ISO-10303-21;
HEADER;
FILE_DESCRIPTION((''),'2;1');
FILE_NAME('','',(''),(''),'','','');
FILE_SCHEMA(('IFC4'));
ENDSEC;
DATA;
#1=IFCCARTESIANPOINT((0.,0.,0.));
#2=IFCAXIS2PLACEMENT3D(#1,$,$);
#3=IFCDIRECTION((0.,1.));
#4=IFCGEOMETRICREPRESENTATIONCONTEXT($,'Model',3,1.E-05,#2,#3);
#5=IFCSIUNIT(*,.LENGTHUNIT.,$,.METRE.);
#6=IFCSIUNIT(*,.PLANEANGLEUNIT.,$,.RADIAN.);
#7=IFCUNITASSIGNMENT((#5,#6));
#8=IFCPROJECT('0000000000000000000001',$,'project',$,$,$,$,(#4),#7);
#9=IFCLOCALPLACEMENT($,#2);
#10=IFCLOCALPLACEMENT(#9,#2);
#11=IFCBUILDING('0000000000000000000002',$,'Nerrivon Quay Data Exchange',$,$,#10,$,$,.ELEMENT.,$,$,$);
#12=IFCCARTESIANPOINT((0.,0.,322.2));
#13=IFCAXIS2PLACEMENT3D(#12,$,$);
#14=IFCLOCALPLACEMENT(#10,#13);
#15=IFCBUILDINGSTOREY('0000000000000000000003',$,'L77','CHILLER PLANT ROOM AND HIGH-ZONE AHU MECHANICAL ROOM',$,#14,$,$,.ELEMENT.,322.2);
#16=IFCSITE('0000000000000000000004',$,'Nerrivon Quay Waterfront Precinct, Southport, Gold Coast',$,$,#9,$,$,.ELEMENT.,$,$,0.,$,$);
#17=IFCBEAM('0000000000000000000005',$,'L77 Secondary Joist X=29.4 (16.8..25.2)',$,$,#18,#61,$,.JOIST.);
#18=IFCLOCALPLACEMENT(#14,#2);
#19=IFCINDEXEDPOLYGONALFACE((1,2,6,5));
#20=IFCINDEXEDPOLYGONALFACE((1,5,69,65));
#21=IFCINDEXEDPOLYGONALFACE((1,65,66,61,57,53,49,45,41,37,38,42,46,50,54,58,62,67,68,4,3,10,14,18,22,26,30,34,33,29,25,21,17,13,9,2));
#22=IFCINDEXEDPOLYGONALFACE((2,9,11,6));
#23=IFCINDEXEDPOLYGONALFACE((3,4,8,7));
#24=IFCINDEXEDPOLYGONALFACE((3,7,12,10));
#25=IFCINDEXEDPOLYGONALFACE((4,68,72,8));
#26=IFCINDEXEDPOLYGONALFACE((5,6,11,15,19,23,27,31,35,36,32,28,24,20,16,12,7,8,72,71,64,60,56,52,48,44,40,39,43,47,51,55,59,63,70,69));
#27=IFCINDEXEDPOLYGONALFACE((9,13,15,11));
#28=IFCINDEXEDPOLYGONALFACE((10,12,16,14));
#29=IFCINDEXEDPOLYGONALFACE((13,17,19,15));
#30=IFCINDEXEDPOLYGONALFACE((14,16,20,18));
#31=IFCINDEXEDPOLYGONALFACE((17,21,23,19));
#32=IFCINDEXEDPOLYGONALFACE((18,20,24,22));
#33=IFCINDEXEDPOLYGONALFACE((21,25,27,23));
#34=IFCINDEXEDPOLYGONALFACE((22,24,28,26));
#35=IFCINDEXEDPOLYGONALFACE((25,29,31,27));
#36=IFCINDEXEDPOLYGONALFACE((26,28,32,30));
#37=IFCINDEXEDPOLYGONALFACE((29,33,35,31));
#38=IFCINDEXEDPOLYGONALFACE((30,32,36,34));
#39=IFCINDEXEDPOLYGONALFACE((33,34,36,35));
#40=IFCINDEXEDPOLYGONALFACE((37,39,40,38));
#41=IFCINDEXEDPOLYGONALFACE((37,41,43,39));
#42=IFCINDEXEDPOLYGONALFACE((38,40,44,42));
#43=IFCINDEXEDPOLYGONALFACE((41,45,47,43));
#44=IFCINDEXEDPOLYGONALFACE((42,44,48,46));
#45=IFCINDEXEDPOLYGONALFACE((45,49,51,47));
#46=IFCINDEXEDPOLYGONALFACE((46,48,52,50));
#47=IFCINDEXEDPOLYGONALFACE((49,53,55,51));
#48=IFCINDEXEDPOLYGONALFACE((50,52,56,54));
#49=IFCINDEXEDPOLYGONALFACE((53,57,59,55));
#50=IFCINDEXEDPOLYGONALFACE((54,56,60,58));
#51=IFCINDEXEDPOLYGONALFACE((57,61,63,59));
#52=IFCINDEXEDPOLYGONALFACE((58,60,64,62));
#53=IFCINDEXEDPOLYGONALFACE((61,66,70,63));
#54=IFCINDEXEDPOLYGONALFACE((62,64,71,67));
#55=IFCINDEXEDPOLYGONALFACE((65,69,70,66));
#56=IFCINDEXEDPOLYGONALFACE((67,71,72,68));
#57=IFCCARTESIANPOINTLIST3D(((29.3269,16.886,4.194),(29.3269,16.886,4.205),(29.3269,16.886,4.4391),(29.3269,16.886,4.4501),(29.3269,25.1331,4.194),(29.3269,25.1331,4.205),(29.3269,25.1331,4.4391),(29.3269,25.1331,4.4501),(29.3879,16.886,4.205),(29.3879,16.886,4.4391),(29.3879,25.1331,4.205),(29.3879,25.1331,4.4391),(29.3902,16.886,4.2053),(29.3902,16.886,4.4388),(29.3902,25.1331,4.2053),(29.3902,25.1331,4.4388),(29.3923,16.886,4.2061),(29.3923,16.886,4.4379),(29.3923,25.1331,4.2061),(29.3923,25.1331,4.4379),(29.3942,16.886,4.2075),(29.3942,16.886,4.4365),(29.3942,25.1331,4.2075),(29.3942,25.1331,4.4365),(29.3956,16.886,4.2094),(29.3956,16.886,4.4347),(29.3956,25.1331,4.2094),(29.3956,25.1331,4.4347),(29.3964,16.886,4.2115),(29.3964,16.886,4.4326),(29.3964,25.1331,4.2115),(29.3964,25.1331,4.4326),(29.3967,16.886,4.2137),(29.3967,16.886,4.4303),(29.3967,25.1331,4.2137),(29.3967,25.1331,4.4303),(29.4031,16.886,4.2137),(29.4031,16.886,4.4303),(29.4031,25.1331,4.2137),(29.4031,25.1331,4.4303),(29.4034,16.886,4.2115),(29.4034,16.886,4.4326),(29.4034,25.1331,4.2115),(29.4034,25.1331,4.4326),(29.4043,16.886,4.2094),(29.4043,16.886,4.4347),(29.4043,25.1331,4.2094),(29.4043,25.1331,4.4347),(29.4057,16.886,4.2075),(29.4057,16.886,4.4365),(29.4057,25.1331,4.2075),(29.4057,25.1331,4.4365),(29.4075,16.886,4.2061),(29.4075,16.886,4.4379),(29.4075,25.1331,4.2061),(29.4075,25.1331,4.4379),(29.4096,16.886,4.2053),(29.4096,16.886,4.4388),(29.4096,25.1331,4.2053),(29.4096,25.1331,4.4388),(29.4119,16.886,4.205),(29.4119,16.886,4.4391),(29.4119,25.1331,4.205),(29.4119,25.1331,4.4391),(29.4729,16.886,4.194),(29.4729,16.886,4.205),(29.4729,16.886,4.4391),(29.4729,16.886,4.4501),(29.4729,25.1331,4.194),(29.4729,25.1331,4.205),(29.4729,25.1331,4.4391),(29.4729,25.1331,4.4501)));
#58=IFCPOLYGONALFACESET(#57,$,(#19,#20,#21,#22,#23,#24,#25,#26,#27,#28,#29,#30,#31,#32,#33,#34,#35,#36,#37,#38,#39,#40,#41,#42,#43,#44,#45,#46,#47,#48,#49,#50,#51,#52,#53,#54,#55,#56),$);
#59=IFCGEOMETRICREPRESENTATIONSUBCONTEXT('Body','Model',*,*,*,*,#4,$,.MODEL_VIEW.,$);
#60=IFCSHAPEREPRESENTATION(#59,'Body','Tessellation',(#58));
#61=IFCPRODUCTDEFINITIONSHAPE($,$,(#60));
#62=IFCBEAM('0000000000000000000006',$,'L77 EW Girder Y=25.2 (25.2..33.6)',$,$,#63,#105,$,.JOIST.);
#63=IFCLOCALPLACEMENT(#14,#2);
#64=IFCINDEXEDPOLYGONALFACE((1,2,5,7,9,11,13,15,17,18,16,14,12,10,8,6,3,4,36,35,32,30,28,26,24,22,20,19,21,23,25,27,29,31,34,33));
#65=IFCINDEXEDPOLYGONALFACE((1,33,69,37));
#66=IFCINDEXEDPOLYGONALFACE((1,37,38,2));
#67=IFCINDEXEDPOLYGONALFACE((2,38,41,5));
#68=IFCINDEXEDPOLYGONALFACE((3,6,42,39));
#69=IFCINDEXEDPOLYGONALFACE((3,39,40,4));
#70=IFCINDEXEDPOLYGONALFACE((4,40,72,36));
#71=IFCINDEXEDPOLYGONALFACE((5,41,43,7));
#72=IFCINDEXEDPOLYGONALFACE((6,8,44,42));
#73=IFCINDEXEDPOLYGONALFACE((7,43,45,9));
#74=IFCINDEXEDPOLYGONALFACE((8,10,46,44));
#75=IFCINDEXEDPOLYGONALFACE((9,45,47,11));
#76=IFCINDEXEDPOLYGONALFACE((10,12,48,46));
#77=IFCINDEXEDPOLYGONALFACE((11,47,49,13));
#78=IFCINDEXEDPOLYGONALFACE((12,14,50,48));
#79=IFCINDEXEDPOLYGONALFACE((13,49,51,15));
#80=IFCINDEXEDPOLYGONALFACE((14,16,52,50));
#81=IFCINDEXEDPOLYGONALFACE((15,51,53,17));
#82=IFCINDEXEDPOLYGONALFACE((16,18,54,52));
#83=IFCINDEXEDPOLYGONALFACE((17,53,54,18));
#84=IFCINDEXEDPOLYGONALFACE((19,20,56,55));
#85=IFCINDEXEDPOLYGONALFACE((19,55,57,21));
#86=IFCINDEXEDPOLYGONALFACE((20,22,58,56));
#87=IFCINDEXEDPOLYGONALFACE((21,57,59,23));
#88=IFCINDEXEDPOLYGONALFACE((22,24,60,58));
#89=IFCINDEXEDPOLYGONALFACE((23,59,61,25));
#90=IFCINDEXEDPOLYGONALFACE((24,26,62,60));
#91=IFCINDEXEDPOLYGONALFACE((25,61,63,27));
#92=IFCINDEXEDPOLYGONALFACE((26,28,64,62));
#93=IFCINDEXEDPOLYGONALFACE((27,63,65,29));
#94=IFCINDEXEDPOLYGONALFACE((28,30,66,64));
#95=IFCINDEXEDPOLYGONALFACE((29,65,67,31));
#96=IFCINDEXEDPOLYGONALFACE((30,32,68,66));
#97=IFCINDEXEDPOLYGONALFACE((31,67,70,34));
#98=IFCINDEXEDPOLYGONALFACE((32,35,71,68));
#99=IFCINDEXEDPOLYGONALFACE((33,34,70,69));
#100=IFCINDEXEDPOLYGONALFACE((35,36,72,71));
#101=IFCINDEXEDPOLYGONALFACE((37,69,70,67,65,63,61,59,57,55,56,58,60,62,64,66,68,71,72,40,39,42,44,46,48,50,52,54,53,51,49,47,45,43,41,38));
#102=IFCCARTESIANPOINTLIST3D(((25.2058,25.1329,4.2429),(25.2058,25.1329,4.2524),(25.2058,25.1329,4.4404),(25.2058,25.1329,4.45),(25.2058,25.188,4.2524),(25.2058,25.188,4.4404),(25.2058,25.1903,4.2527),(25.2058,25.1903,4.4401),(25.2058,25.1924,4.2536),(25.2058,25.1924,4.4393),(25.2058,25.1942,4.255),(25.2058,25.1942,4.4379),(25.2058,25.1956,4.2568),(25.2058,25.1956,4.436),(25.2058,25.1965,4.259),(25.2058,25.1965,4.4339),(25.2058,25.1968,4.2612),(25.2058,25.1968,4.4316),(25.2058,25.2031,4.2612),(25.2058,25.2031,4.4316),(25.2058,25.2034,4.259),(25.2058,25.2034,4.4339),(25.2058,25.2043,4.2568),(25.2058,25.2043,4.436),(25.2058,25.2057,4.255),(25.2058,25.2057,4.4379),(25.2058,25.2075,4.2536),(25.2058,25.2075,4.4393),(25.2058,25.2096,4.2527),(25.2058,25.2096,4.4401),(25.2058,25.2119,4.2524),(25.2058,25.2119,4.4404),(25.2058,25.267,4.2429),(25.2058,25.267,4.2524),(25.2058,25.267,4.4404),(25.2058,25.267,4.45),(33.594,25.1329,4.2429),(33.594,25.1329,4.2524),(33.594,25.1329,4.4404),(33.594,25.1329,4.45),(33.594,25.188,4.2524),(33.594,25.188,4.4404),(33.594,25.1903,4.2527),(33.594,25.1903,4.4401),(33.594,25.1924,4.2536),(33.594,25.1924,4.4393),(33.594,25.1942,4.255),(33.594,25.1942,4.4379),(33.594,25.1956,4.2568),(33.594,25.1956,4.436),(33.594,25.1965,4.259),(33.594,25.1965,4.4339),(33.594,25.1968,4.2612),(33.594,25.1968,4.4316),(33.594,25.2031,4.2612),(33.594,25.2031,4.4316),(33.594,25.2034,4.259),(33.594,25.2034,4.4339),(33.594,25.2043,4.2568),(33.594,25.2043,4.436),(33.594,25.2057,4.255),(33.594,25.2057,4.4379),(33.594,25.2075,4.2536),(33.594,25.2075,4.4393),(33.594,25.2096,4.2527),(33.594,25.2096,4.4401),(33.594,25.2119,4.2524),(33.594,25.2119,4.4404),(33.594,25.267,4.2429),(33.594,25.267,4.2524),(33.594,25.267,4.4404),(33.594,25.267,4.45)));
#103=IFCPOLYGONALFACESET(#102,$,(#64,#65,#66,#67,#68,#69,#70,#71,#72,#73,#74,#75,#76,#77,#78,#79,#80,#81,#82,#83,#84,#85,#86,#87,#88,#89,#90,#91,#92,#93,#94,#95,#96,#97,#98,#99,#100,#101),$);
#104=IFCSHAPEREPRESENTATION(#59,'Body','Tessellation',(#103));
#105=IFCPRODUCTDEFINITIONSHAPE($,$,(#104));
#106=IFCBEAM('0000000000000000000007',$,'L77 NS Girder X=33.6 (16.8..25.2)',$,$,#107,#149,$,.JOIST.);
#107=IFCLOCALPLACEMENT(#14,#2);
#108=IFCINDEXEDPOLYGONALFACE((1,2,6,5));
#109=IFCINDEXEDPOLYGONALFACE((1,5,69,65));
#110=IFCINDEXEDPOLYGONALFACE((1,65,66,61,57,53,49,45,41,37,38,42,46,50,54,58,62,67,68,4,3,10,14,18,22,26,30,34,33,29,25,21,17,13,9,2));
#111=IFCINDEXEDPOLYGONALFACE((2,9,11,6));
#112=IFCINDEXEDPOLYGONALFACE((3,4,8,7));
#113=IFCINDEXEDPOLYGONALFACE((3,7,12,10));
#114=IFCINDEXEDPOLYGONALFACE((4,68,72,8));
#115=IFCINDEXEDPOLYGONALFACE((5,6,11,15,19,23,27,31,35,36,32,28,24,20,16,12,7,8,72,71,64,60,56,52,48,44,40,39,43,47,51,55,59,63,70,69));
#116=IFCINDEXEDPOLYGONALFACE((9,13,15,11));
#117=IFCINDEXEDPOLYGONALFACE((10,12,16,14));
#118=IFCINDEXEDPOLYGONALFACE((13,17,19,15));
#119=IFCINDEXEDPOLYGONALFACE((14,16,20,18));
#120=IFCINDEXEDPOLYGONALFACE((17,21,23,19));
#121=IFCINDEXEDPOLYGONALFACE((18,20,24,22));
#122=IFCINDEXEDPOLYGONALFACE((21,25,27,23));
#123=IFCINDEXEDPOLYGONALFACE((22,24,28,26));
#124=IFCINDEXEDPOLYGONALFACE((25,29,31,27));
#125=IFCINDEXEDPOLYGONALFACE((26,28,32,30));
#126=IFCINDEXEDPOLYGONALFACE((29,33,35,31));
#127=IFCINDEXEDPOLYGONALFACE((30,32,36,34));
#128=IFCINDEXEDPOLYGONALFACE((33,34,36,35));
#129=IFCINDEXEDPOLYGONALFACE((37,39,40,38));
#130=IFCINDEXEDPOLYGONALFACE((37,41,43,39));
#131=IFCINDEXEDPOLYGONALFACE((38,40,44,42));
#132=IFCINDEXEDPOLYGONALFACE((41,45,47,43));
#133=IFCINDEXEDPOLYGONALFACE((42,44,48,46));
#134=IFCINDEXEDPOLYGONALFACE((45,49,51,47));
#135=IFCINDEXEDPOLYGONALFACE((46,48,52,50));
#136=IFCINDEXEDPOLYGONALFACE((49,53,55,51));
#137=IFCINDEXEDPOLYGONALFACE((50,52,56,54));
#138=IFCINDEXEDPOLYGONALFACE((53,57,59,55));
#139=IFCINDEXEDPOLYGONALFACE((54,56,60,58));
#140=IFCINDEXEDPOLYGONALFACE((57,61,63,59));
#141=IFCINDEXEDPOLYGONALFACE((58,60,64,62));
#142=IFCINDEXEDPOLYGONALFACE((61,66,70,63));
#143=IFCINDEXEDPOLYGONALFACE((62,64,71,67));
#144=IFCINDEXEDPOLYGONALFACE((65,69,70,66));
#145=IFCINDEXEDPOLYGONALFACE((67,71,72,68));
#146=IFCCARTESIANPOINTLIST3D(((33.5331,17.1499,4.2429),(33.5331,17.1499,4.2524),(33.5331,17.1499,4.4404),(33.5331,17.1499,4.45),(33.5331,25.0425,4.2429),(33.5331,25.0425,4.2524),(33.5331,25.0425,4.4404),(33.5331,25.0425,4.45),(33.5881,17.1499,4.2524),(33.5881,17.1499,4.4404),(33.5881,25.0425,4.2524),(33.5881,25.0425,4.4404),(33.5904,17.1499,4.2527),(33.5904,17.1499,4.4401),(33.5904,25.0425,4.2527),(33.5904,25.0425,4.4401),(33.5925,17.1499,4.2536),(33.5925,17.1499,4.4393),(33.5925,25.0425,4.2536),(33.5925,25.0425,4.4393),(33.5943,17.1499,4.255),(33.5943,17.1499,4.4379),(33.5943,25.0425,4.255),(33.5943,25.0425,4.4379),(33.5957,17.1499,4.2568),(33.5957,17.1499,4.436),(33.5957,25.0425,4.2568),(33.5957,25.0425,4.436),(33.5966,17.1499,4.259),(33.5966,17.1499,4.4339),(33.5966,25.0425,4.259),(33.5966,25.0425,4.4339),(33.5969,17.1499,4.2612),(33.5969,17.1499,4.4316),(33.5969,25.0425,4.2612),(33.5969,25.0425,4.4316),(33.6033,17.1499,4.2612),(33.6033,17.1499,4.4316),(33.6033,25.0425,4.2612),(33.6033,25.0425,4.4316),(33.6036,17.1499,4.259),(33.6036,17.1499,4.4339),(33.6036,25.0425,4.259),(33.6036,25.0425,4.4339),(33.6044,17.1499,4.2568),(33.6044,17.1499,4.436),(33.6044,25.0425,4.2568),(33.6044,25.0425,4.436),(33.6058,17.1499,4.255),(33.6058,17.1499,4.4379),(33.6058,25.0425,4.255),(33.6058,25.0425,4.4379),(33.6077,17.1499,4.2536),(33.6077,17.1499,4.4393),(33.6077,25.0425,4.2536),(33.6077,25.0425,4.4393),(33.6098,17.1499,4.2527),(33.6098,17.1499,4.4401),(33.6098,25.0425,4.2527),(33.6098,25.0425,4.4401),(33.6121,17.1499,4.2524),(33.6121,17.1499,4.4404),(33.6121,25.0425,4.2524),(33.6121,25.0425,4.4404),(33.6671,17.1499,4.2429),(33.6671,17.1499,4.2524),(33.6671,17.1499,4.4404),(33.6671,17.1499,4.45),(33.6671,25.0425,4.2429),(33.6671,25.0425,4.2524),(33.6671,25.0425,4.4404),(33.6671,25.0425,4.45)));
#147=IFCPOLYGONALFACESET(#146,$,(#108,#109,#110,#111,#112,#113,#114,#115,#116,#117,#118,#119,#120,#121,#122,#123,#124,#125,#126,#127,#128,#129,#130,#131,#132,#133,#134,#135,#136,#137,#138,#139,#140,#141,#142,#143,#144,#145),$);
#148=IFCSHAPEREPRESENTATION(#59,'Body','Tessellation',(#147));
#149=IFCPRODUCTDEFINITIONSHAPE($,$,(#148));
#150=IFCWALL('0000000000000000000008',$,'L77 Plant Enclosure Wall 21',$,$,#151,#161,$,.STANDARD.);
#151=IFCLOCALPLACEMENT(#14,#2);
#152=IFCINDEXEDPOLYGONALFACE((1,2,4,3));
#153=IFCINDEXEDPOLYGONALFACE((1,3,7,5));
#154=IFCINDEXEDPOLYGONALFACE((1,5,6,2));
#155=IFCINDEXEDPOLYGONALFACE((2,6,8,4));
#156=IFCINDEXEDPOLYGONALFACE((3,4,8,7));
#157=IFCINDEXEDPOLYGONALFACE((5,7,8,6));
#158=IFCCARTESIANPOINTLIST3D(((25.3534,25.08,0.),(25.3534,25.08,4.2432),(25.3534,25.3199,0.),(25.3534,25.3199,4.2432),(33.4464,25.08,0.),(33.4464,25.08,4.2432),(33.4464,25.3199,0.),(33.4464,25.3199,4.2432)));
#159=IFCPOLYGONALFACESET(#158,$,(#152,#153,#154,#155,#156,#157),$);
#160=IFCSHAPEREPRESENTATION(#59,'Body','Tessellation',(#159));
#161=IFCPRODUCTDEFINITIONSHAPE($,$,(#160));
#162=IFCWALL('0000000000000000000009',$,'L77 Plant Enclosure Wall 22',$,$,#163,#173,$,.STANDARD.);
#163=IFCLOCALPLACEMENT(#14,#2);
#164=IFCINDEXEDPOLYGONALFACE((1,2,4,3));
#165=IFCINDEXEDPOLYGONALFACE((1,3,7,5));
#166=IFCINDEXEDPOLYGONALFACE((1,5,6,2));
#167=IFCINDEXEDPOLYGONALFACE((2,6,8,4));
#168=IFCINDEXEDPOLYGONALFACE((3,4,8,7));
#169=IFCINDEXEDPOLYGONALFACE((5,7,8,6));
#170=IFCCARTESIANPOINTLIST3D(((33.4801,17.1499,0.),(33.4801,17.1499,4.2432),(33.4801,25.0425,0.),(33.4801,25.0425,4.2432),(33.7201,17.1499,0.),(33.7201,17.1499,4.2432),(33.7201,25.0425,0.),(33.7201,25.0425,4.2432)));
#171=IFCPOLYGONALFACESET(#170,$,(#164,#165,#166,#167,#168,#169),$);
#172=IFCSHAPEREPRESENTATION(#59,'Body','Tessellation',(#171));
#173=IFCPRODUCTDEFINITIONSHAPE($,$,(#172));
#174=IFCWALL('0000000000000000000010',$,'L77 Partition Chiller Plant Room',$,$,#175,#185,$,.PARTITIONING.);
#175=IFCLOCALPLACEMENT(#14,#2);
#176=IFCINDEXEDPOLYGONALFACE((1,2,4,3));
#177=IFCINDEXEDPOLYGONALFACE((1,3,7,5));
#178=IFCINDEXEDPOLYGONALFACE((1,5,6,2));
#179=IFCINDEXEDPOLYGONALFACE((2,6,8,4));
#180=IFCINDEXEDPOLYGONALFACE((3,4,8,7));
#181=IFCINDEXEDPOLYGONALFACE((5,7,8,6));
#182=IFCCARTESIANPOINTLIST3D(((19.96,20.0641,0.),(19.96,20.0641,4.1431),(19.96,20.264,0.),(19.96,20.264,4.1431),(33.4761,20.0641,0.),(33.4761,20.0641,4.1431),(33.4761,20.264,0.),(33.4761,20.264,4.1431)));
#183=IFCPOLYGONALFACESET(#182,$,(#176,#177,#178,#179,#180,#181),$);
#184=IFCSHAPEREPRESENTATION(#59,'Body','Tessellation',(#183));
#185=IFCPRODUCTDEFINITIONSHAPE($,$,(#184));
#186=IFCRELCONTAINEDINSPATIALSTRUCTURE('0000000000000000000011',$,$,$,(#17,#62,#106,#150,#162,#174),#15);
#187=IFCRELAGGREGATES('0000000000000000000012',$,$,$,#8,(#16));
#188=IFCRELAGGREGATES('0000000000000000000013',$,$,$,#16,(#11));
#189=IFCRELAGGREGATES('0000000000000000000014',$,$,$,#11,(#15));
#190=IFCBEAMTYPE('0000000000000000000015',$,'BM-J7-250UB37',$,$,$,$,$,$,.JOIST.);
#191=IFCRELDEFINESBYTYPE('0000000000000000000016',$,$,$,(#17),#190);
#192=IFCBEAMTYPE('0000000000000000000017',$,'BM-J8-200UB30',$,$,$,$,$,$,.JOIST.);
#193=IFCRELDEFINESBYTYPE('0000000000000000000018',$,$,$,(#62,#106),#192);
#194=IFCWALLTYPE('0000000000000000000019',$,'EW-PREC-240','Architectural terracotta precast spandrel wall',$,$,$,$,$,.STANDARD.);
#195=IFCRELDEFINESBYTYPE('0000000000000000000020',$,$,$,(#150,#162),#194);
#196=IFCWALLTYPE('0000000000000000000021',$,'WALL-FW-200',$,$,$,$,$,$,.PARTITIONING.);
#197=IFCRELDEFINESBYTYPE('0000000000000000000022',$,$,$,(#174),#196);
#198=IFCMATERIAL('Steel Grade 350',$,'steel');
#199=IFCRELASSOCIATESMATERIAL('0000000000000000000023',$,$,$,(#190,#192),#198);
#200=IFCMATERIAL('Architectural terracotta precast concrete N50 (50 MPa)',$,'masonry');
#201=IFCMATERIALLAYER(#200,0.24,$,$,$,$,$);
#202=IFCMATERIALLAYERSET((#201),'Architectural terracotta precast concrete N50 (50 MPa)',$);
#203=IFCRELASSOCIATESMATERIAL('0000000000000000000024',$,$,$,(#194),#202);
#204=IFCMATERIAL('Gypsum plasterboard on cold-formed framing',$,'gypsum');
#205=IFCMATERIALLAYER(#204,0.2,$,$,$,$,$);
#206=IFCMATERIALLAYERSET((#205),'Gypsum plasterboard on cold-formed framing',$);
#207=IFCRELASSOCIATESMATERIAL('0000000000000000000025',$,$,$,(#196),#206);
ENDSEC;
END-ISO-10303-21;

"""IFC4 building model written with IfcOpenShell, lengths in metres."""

from ifc_helpers import new_model, si_unit, direction, frame, frame_2d, origin, origin_2d, place, context, subcontext, project, spatial, rectangle, i_section, extrude, material, layer, layer_set, material_profile, profile_set, type_object, element, save


model = new_model("IFC4")

# Units and contexts
model_context = context("Model", 3, precision=1e-05, world=origin(), true_north=direction((0.0, 1.0)))
body_context = subcontext(model_context, "Body", "Model", "MODEL_VIEW")
ifc_project = project(units=[si_unit("LENGTHUNIT", "METRE"), si_unit("PLANEANGLEUNIT", "RADIAN")], contexts=[model_context])

# Site, building, storey
site_placement = place(None, origin())
site = spatial("IfcSite", under=ifc_project, at=site_placement, Name="Nerrivon Quay Waterfront Precinct, Southport, Gold Coast", CompositionType="ELEMENT", RefElevation=0.0)
building_placement = place(site_placement, origin())
building = spatial("IfcBuilding", under=site, at=building_placement, Name="Nerrivon Quay Data Exchange", CompositionType="ELEMENT")
storey_placement = place(building_placement, frame((0.0, 0.0, 322.2)))
storey = spatial("IfcBuildingStorey", under=building, at=storey_placement, Name="L77", Description="CHILLER PLANT ROOM AND HIGH-ZONE AHU MECHANICAL ROOM", CompositionType="ELEMENT", Elevation=322.2)

# Shared definitions
ifc_material_1 = material(Name="Steel Grade 350", Category="steel")

# Beams
ifc_material_profile_1 = material_profile(ifc_material_1, i_section(OverallWidth=0.146, OverallDepth=0.2561, WebThickness=0.0063, FlangeThickness=0.011, FilletRadius=0.0088, at=origin_2d()), Name="250UB37.3")
ifc_profile_set_1 = profile_set([ifc_material_profile_1], Name="Steel Grade 350")
beam_type_1 = type_object("IfcBeamType", Name="BM-J7-250UB37", PredefinedType="JOIST", material=ifc_profile_set_1)
beam_1_placement = place(storey_placement, frame((29.3999, 16.886, 4.322), z_axis=(0.0, 1.0, 0.0), x_axis=(-1.0, 0.0, 0.0)))
element("IfcBeam", 1, at=beam_1_placement, inside=storey, type_object=beam_type_1, Name="L77 Secondary Joist X=29.4 (16.8..25.2)", PredefinedType="JOIST", context=body_context, shape_type="SweptSolid", body=[
    extrude(i_section(OverallWidth=0.146, OverallDepth=0.2561, WebThickness=0.0063, FlangeThickness=0.011, FilletRadius=0.0088, at=origin_2d()), origin(), (0.0, 0.0, 1.0), 8.2471),
])
ifc_material_profile_2 = material_profile(ifc_material_1, i_section(OverallWidth=0.134, OverallDepth=0.207, WebThickness=0.0063, FlangeThickness=0.0095, FilletRadius=0.0088, at=origin_2d()), Name="200UB29.8")
ifc_profile_set_2 = profile_set([ifc_material_profile_2], Name="Steel Grade 350")
beam_type_2 = type_object("IfcBeamType", Name="BM-J8-200UB30", PredefinedType="JOIST", material=ifc_profile_set_2)
beam_2_placement = place(storey_placement, frame((25.2058, 25.2, 4.3464), z_axis=(1.0, 0.0, 0.0), x_axis=(0.0, 1.0, 0.0)))
element("IfcBeam", 2, at=beam_2_placement, inside=storey, type_object=beam_type_2, Name="L77 EW Girder Y=25.2 (25.2..33.6)", PredefinedType="JOIST", context=body_context, shape_type="SweptSolid", body=[
    extrude(i_section(OverallWidth=0.134, OverallDepth=0.207, WebThickness=0.0063, FlangeThickness=0.0095, FilletRadius=0.0088, at=origin_2d()), origin(), (0.0, 0.0, 1.0), 8.3882),
])
beam_3_placement = place(storey_placement, frame((33.6001, 17.1499, 4.3464), z_axis=(0.0, 1.0, 0.0), x_axis=(-1.0, 0.0, 0.0)))
element("IfcBeam", 3, at=beam_3_placement, inside=storey, type_object=beam_type_2, Name="L77 NS Girder X=33.6 (16.8..25.2)", PredefinedType="JOIST", context=body_context, shape_type="SweptSolid", body=[
    extrude(i_section(OverallWidth=0.134, OverallDepth=0.207, WebThickness=0.0063, FlangeThickness=0.0095, FilletRadius=0.0088, at=origin_2d()), origin(), (0.0, 0.0, 1.0), 7.8926),
])

# Walls
ifc_material_2 = material(Name="Architectural terracotta precast concrete N50 (50 MPa)", Category="masonry")
ifc_layer_1 = layer(ifc_material_2, 0.24)
ifc_layer_set_1 = layer_set([ifc_layer_1], Name="Architectural terracotta precast concrete N50 (50 MPa)")
wall_type_1 = type_object("IfcWallType", Name="EW-PREC-240", Description="Architectural terracotta precast spandrel wall", PredefinedType="STANDARD", material=ifc_layer_set_1)
wall_1_placement = place(storey_placement, frame((25.3535, 25.2, 0.0), z_axis=(0.0, 0.0, 1.0), x_axis=(1.0, 0.0, 0.0)))
element("IfcWall", 4, at=wall_1_placement, inside=storey, type_object=wall_type_1, Name="L77 Plant Enclosure Wall 21", PredefinedType="STANDARD", context=body_context, shape_type="SweptSolid", body=[
    extrude(rectangle(XDim=8.093, YDim=0.24, at=frame_2d((4.0464, 0.0))), origin(), (0.0, 0.0, 1.0), 4.2432),
])
wall_2_placement = place(storey_placement, frame((33.6001, 25.0425, 0.0), z_axis=(0.0, 0.0, 1.0), x_axis=(0.0, -1.0, 0.0)))
element("IfcWall", 5, at=wall_2_placement, inside=storey, type_object=wall_type_1, Name="L77 Plant Enclosure Wall 22", PredefinedType="STANDARD", context=body_context, shape_type="SweptSolid", body=[
    extrude(rectangle(XDim=7.8926, YDim=0.24, at=frame_2d((3.9463, 0.0))), origin(), (0.0, 0.0, 1.0), 4.2432),
])
ifc_material_3 = material(Name="Gypsum plasterboard on cold-formed framing", Category="gypsum")
ifc_layer_2 = layer(ifc_material_3, 0.2)
ifc_layer_set_2 = layer_set([ifc_layer_2], Name="Gypsum plasterboard on cold-formed framing")
wall_type_2 = type_object("IfcWallType", Name="WALL-FW-200", PredefinedType="PARTITIONING", material=ifc_layer_set_2)
wall_3_placement = place(storey_placement, frame((33.4761, 20.1641, 0.0), z_axis=(0.0, 0.0, 1.0), x_axis=(-1.0, 0.0, 0.0)))
element("IfcWall", 6, at=wall_3_placement, inside=storey, type_object=wall_type_2, Name="L77 Partition Chiller Plant Room", PredefinedType="PARTITIONING", context=body_context, shape_type="SweptSolid", body=[
    extrude(rectangle(XDim=13.5161, YDim=0.2, at=frame_2d((6.7581, 0.0))), origin(), (0.0, 0.0, 1.0), 4.1431),
])

save(model, "model.ifc")
